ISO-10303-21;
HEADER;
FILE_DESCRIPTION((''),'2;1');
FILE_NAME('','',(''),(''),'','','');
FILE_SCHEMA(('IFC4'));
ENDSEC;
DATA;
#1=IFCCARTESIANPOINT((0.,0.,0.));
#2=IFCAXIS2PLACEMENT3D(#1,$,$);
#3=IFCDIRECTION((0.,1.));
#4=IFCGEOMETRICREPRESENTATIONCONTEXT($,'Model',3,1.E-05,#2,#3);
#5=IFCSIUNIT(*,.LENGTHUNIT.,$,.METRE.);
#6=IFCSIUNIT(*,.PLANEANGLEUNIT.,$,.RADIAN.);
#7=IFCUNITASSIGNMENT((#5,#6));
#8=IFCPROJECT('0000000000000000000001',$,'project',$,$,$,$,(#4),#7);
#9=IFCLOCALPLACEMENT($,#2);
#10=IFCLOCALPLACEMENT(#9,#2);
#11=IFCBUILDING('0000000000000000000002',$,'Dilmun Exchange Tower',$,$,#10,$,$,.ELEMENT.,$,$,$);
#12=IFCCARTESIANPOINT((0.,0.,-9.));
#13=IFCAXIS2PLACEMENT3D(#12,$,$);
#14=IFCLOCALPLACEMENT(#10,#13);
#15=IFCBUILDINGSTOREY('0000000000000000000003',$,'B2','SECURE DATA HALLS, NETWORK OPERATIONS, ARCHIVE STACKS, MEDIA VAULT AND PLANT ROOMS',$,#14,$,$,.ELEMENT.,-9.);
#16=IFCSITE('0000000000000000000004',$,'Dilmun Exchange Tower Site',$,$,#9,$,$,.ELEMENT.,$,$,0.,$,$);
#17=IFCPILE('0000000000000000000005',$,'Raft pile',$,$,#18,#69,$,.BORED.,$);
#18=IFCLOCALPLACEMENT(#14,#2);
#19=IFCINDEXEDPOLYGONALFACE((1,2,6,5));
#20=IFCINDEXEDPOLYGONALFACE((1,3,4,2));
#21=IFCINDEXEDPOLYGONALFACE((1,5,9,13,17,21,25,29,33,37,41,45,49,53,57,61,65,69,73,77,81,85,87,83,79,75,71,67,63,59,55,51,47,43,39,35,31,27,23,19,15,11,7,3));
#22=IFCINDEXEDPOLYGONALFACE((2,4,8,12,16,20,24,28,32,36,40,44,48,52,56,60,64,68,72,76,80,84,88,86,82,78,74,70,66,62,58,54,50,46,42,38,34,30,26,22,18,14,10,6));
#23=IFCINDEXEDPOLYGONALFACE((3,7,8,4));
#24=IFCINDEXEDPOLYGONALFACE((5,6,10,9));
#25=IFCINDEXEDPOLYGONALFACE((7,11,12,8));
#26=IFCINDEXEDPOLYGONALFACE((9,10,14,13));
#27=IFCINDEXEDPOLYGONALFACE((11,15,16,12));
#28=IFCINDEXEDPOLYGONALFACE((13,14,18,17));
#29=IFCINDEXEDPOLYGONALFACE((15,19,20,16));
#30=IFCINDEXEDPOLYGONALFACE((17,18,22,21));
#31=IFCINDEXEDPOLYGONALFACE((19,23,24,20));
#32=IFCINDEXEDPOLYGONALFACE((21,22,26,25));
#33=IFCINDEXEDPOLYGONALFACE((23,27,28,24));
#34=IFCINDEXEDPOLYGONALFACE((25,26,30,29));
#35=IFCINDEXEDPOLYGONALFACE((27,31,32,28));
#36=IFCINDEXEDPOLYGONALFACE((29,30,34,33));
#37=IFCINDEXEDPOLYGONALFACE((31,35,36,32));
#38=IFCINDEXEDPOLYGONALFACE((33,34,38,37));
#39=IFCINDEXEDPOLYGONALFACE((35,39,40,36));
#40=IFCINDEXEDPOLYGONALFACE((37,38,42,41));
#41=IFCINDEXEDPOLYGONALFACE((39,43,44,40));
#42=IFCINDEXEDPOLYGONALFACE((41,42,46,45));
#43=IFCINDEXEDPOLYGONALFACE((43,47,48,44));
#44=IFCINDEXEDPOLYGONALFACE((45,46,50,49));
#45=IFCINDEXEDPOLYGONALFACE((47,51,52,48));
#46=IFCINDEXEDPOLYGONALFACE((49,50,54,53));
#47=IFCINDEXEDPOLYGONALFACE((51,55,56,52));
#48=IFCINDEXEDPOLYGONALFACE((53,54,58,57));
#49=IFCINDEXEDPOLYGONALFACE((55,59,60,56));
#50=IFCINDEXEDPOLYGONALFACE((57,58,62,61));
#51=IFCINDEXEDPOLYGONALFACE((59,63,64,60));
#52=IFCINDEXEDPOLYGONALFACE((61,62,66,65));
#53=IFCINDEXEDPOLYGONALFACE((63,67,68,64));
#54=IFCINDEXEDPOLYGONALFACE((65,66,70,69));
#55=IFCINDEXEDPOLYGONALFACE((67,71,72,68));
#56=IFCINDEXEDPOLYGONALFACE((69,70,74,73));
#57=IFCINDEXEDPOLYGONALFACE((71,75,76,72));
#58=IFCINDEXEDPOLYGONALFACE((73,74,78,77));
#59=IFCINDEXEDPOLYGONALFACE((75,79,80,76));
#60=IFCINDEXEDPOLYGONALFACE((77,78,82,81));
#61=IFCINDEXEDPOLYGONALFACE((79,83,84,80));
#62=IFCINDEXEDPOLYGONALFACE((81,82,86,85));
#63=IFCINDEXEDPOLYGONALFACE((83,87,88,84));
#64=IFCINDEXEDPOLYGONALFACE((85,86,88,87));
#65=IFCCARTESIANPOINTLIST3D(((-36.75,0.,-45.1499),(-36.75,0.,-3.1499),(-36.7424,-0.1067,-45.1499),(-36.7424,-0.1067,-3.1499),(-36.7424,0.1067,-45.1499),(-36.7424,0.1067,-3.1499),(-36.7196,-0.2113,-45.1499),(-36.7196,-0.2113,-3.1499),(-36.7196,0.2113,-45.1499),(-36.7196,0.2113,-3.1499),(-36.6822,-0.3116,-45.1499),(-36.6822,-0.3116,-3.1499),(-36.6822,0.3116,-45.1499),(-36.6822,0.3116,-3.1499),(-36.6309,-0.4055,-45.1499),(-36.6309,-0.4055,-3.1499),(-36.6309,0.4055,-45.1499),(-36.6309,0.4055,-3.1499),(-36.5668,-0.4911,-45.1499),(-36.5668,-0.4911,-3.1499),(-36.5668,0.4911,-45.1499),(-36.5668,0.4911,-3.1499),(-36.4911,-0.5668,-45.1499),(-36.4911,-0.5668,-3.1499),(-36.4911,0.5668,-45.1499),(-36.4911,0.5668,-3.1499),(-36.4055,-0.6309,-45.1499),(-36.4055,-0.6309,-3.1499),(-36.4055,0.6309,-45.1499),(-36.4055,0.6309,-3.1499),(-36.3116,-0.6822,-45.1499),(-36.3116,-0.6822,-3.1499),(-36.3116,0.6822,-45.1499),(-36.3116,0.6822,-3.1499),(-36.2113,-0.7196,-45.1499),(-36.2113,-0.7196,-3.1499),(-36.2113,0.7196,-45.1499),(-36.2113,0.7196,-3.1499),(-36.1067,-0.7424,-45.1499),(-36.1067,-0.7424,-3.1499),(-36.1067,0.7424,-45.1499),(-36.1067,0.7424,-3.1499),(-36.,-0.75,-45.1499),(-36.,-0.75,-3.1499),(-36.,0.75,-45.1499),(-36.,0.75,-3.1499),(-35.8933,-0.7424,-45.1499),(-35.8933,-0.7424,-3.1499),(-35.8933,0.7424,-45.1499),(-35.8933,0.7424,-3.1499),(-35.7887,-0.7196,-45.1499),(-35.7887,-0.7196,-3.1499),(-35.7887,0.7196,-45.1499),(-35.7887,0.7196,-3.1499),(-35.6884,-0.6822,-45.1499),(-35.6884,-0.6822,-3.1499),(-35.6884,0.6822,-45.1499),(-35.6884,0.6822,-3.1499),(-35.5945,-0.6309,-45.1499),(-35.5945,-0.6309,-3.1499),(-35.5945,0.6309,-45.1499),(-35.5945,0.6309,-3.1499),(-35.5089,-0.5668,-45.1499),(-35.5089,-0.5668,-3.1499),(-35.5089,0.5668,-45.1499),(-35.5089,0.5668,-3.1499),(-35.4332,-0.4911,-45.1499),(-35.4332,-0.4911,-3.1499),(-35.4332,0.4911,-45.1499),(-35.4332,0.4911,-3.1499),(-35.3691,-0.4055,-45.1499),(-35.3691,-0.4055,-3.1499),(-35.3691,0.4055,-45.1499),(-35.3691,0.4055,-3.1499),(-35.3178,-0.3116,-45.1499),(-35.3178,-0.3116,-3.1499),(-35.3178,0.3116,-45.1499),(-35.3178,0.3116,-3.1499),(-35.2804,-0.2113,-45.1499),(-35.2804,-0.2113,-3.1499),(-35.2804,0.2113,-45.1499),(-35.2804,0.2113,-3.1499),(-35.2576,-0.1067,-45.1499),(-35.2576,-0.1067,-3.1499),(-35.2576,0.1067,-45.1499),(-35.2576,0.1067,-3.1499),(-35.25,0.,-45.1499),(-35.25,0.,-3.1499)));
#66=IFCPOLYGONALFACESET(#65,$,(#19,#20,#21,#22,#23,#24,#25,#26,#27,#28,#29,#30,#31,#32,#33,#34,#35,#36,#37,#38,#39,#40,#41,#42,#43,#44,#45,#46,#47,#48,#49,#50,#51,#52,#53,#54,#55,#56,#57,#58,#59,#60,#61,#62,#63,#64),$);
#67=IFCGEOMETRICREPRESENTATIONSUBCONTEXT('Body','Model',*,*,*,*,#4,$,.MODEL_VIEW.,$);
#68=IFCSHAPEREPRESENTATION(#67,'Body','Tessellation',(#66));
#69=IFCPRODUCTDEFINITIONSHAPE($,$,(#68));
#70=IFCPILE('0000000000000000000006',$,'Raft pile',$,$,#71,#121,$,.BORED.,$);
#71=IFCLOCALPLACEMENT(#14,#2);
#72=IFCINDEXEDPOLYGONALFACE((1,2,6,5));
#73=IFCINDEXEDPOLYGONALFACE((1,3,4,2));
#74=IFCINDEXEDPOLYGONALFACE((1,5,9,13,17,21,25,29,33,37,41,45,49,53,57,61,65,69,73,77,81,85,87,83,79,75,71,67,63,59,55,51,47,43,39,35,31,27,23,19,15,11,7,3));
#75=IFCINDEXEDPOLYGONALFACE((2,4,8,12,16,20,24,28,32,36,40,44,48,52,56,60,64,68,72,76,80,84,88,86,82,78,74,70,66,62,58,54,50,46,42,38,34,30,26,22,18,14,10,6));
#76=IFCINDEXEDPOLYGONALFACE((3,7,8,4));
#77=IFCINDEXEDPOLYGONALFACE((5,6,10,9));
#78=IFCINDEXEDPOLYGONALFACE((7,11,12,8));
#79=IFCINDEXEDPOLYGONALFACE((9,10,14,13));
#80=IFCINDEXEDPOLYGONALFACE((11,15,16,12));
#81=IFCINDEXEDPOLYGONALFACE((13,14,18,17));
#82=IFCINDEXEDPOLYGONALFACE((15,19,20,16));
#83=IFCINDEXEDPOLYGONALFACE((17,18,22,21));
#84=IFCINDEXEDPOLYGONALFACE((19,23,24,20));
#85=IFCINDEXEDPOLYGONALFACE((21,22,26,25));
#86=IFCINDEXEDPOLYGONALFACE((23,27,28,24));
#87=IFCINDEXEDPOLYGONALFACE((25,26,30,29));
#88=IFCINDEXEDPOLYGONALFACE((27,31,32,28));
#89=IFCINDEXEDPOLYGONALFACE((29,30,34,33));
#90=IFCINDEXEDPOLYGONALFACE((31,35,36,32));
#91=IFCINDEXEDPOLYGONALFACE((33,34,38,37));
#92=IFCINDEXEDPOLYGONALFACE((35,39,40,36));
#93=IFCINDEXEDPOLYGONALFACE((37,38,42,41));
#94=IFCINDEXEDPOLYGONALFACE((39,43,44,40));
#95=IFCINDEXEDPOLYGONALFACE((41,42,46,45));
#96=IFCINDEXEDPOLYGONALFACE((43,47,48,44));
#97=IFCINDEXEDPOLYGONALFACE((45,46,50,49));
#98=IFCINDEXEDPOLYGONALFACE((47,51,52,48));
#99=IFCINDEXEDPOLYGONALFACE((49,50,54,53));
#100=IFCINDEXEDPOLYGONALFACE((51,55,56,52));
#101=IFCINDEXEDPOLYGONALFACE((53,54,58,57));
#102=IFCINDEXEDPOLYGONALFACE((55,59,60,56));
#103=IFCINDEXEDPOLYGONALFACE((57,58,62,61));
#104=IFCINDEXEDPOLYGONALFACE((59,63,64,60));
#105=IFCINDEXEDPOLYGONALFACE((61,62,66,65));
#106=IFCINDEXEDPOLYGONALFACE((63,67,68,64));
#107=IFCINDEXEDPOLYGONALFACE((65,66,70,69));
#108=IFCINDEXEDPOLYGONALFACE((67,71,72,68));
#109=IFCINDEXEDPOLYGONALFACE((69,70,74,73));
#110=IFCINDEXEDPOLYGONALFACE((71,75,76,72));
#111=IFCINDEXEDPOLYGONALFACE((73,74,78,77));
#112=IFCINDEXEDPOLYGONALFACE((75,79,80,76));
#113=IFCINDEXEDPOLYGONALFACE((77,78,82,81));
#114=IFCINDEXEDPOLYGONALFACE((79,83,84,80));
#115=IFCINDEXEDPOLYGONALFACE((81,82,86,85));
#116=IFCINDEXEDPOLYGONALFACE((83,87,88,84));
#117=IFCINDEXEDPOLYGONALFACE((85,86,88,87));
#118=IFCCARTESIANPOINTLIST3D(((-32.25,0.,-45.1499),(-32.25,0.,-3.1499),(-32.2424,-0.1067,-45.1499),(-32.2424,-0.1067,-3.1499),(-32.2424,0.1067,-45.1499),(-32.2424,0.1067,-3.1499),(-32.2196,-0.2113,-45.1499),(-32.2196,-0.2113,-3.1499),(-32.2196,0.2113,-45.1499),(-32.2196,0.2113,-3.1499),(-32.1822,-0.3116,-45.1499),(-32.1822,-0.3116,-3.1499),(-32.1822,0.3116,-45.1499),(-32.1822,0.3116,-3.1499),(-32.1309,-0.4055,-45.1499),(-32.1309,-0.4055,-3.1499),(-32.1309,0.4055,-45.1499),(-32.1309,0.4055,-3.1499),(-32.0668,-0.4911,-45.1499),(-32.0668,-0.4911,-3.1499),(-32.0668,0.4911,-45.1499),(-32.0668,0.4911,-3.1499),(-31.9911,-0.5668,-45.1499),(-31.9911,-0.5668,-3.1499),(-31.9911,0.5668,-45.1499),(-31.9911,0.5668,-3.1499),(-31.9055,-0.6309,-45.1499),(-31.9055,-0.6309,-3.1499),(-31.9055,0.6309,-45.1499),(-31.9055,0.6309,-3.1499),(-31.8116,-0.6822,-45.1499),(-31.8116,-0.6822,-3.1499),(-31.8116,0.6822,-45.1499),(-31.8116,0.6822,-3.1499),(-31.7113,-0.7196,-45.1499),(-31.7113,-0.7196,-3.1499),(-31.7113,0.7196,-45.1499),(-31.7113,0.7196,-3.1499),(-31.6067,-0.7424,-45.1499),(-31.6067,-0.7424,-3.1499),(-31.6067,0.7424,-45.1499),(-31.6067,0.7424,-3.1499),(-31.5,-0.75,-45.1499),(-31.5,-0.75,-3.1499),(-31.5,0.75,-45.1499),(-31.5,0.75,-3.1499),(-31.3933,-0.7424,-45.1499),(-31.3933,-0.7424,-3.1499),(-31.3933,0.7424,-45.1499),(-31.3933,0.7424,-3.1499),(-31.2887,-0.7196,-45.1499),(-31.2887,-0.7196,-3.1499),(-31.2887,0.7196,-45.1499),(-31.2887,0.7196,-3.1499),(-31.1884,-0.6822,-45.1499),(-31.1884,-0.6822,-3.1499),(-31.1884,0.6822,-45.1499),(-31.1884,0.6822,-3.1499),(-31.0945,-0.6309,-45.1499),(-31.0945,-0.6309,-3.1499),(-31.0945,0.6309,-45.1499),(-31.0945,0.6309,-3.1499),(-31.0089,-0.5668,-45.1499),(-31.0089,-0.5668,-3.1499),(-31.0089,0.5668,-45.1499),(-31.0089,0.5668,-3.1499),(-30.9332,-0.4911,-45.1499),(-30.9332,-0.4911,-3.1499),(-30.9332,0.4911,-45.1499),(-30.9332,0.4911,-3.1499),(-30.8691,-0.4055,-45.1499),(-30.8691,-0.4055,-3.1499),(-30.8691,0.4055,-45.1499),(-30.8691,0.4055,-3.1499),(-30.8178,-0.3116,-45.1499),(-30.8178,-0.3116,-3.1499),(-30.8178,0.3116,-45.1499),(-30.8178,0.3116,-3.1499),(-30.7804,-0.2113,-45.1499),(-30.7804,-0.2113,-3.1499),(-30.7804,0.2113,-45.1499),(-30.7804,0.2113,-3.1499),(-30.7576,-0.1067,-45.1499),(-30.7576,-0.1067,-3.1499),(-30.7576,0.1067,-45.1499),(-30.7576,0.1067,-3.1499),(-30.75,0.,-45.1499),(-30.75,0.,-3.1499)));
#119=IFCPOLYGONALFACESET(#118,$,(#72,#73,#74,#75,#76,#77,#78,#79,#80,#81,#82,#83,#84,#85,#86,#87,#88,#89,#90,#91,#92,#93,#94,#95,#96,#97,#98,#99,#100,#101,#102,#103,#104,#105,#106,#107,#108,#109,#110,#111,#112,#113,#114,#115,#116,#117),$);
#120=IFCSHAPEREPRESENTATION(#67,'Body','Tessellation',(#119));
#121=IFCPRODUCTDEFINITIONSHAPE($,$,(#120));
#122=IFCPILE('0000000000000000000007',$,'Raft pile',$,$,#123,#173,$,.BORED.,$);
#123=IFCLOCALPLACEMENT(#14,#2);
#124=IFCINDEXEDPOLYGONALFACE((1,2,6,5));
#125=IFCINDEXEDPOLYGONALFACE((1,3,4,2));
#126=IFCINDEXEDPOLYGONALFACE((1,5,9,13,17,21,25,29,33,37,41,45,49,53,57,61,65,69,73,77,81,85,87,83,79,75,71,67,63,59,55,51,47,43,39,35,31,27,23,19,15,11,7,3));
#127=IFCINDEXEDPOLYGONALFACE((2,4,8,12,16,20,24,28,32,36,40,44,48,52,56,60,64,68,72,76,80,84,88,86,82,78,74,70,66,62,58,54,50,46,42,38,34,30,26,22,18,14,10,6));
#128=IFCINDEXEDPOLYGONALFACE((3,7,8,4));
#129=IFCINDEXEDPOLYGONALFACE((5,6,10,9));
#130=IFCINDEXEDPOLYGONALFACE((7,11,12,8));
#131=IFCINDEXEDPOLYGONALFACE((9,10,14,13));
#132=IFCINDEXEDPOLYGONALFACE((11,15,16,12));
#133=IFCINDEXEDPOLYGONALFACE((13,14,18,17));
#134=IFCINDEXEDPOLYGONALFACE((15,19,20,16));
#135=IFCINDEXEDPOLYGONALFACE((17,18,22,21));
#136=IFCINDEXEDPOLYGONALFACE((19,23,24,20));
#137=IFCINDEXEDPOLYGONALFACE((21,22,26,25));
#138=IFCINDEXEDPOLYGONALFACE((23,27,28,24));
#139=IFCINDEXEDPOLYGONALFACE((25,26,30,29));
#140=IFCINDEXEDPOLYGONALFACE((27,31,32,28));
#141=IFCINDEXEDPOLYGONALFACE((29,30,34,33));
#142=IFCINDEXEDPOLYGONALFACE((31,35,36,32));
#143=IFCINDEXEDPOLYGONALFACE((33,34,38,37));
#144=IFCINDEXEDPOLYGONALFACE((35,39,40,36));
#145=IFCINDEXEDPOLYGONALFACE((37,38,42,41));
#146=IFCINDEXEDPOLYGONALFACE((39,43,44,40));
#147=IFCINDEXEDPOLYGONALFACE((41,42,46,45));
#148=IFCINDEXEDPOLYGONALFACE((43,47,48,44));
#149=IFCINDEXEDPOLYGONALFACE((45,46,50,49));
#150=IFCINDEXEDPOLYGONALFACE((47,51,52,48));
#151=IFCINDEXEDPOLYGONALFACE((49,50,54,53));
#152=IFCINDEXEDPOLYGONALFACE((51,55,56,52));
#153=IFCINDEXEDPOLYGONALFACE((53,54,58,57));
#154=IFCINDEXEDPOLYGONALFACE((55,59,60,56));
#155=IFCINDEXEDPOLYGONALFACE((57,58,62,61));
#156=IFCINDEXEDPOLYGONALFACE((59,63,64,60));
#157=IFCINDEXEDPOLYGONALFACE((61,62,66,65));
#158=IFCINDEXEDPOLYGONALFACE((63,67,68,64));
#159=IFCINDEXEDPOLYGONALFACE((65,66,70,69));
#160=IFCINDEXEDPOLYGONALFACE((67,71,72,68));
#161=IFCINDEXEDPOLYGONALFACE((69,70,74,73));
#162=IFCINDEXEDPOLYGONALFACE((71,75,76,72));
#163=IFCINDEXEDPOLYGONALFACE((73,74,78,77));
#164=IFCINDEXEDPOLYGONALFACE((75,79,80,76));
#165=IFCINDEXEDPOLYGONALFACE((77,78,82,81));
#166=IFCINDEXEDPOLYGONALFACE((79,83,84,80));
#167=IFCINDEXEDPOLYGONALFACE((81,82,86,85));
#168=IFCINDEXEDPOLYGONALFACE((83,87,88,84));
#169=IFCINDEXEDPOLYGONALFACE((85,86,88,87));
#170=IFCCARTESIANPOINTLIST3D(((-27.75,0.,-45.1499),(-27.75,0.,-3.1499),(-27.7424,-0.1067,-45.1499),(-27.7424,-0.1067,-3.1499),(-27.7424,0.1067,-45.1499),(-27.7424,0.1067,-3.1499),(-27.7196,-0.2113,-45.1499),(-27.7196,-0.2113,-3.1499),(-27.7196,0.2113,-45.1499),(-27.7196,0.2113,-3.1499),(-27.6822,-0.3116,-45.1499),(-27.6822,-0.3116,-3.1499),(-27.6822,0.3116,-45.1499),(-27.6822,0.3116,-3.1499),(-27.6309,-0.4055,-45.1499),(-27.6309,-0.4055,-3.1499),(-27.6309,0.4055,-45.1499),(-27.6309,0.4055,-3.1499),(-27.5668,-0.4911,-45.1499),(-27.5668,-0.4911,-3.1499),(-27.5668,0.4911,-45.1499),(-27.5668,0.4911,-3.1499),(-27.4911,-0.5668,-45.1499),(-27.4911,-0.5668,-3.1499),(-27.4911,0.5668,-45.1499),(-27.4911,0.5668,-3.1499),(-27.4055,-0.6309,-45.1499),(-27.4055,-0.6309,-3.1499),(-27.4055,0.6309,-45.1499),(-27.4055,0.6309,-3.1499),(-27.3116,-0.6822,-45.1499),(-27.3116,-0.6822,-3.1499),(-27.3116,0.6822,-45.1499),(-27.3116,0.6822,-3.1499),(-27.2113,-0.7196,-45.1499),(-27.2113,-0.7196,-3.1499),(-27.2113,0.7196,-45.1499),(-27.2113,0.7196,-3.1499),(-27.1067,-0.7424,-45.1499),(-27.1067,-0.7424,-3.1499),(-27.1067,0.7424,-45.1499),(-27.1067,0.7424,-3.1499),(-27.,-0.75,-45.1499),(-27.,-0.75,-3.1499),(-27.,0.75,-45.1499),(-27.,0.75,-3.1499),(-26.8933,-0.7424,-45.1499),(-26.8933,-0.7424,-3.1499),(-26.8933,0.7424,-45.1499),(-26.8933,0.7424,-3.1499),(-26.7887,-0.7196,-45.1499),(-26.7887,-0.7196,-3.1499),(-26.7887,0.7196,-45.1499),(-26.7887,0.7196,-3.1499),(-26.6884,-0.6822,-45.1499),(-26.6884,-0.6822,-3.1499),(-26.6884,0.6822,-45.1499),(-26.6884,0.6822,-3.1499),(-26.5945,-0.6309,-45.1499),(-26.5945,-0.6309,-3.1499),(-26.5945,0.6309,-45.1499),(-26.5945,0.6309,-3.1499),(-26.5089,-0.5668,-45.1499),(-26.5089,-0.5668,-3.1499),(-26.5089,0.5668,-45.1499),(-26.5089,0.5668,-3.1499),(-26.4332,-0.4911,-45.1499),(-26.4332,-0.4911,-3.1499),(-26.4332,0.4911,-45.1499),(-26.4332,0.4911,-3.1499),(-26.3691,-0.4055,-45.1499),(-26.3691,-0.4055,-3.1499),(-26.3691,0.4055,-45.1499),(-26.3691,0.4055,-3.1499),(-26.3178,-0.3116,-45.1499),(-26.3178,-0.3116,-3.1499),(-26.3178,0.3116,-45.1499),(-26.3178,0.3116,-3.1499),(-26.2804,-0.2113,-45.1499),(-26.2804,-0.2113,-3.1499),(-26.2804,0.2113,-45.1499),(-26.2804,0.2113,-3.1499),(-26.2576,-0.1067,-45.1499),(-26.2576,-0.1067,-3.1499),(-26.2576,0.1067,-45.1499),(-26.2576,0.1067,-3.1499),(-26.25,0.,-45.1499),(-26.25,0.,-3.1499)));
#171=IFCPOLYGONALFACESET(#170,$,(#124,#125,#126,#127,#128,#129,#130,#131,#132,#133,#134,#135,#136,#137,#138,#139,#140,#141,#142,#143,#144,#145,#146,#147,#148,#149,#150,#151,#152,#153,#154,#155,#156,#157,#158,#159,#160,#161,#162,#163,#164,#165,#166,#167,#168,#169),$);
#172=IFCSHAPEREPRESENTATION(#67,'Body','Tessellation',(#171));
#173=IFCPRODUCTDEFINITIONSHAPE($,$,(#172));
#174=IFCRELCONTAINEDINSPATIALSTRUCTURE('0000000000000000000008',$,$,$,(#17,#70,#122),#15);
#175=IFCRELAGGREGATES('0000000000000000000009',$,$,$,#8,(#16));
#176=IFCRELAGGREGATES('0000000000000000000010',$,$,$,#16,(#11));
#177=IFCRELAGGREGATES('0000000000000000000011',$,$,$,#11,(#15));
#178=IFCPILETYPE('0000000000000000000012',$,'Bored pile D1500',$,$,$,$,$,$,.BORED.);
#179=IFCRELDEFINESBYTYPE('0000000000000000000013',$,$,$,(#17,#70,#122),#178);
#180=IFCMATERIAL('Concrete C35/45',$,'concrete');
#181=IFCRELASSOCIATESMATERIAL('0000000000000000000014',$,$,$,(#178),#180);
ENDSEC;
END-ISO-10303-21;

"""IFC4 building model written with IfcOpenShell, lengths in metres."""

from ifc_helpers import new_model, si_unit, direction, frame, origin, origin_2d, place, context, subcontext, project, spatial, circle, extrude, material, material_profile, profile_set, type_object, element, save


model = new_model("IFC4")

# Units and contexts
model_context = context("Model", 3, precision=1e-05, world=origin(), true_north=direction((0.0, 1.0)))
body_context = subcontext(model_context, "Body", "Model", "MODEL_VIEW")
ifc_project = project(units=[si_unit("LENGTHUNIT", "METRE"), si_unit("PLANEANGLEUNIT", "RADIAN")], contexts=[model_context])

# Site, building, storey
site_placement = place(None, origin())
site = spatial("IfcSite", under=ifc_project, at=site_placement, Name="Dilmun Exchange Tower Site", CompositionType="ELEMENT", RefElevation=0.0)
building_placement = place(site_placement, origin())
building = spatial("IfcBuilding", under=site, at=building_placement, Name="Dilmun Exchange Tower", CompositionType="ELEMENT")
storey_placement = place(building_placement, frame((0.0, 0.0, -9.0)))
storey = spatial("IfcBuildingStorey", under=building, at=storey_placement, Name="B2", Description="SECURE DATA HALLS, NETWORK OPERATIONS, ARCHIVE STACKS, MEDIA VAULT AND PLANT ROOMS", CompositionType="ELEMENT", Elevation=-9.0)

# Piles
ifc_material_1 = material(Name="Concrete C35/45", Category="concrete")
ifc_material_profile_1 = material_profile(ifc_material_1, circle(Radius=0.75, at=origin_2d()), Name="D1500")
ifc_profile_set_1 = profile_set([ifc_material_profile_1], Name="Concrete C35/45")
pile_type = type_object("IfcPileType", Name="Bored pile D1500", PredefinedType="BORED", material=ifc_profile_set_1)
for number, where, z_axis, x_axis, name in (
    (1, (-36.0, 0.0, -3.1499), (0.0, 0.0, -1.0), (1.0, 0.0, 0.0), "Raft pile"),
    (2, (-31.5, 0.0, -3.1499), (0.0, 0.0, -1.0), (1.0, 0.0, 0.0), "Raft pile"),
    (3, (-27.0, 0.0, -3.1499), (0.0, 0.0, -1.0), (1.0, 0.0, 0.0), "Raft pile"),
):
    element("IfcPile", number, at=place(storey_placement, frame(where, z_axis=z_axis, x_axis=x_axis)), inside=storey, type_object=pile_type, Name=name, PredefinedType="BORED", context=body_context, shape_type="SweptSolid", body=[
        extrude(circle(Radius=0.75, at=origin_2d()), origin(), (0.0, 0.0, 1.0), 42.0),
    ])

save(model, "model.ifc")
